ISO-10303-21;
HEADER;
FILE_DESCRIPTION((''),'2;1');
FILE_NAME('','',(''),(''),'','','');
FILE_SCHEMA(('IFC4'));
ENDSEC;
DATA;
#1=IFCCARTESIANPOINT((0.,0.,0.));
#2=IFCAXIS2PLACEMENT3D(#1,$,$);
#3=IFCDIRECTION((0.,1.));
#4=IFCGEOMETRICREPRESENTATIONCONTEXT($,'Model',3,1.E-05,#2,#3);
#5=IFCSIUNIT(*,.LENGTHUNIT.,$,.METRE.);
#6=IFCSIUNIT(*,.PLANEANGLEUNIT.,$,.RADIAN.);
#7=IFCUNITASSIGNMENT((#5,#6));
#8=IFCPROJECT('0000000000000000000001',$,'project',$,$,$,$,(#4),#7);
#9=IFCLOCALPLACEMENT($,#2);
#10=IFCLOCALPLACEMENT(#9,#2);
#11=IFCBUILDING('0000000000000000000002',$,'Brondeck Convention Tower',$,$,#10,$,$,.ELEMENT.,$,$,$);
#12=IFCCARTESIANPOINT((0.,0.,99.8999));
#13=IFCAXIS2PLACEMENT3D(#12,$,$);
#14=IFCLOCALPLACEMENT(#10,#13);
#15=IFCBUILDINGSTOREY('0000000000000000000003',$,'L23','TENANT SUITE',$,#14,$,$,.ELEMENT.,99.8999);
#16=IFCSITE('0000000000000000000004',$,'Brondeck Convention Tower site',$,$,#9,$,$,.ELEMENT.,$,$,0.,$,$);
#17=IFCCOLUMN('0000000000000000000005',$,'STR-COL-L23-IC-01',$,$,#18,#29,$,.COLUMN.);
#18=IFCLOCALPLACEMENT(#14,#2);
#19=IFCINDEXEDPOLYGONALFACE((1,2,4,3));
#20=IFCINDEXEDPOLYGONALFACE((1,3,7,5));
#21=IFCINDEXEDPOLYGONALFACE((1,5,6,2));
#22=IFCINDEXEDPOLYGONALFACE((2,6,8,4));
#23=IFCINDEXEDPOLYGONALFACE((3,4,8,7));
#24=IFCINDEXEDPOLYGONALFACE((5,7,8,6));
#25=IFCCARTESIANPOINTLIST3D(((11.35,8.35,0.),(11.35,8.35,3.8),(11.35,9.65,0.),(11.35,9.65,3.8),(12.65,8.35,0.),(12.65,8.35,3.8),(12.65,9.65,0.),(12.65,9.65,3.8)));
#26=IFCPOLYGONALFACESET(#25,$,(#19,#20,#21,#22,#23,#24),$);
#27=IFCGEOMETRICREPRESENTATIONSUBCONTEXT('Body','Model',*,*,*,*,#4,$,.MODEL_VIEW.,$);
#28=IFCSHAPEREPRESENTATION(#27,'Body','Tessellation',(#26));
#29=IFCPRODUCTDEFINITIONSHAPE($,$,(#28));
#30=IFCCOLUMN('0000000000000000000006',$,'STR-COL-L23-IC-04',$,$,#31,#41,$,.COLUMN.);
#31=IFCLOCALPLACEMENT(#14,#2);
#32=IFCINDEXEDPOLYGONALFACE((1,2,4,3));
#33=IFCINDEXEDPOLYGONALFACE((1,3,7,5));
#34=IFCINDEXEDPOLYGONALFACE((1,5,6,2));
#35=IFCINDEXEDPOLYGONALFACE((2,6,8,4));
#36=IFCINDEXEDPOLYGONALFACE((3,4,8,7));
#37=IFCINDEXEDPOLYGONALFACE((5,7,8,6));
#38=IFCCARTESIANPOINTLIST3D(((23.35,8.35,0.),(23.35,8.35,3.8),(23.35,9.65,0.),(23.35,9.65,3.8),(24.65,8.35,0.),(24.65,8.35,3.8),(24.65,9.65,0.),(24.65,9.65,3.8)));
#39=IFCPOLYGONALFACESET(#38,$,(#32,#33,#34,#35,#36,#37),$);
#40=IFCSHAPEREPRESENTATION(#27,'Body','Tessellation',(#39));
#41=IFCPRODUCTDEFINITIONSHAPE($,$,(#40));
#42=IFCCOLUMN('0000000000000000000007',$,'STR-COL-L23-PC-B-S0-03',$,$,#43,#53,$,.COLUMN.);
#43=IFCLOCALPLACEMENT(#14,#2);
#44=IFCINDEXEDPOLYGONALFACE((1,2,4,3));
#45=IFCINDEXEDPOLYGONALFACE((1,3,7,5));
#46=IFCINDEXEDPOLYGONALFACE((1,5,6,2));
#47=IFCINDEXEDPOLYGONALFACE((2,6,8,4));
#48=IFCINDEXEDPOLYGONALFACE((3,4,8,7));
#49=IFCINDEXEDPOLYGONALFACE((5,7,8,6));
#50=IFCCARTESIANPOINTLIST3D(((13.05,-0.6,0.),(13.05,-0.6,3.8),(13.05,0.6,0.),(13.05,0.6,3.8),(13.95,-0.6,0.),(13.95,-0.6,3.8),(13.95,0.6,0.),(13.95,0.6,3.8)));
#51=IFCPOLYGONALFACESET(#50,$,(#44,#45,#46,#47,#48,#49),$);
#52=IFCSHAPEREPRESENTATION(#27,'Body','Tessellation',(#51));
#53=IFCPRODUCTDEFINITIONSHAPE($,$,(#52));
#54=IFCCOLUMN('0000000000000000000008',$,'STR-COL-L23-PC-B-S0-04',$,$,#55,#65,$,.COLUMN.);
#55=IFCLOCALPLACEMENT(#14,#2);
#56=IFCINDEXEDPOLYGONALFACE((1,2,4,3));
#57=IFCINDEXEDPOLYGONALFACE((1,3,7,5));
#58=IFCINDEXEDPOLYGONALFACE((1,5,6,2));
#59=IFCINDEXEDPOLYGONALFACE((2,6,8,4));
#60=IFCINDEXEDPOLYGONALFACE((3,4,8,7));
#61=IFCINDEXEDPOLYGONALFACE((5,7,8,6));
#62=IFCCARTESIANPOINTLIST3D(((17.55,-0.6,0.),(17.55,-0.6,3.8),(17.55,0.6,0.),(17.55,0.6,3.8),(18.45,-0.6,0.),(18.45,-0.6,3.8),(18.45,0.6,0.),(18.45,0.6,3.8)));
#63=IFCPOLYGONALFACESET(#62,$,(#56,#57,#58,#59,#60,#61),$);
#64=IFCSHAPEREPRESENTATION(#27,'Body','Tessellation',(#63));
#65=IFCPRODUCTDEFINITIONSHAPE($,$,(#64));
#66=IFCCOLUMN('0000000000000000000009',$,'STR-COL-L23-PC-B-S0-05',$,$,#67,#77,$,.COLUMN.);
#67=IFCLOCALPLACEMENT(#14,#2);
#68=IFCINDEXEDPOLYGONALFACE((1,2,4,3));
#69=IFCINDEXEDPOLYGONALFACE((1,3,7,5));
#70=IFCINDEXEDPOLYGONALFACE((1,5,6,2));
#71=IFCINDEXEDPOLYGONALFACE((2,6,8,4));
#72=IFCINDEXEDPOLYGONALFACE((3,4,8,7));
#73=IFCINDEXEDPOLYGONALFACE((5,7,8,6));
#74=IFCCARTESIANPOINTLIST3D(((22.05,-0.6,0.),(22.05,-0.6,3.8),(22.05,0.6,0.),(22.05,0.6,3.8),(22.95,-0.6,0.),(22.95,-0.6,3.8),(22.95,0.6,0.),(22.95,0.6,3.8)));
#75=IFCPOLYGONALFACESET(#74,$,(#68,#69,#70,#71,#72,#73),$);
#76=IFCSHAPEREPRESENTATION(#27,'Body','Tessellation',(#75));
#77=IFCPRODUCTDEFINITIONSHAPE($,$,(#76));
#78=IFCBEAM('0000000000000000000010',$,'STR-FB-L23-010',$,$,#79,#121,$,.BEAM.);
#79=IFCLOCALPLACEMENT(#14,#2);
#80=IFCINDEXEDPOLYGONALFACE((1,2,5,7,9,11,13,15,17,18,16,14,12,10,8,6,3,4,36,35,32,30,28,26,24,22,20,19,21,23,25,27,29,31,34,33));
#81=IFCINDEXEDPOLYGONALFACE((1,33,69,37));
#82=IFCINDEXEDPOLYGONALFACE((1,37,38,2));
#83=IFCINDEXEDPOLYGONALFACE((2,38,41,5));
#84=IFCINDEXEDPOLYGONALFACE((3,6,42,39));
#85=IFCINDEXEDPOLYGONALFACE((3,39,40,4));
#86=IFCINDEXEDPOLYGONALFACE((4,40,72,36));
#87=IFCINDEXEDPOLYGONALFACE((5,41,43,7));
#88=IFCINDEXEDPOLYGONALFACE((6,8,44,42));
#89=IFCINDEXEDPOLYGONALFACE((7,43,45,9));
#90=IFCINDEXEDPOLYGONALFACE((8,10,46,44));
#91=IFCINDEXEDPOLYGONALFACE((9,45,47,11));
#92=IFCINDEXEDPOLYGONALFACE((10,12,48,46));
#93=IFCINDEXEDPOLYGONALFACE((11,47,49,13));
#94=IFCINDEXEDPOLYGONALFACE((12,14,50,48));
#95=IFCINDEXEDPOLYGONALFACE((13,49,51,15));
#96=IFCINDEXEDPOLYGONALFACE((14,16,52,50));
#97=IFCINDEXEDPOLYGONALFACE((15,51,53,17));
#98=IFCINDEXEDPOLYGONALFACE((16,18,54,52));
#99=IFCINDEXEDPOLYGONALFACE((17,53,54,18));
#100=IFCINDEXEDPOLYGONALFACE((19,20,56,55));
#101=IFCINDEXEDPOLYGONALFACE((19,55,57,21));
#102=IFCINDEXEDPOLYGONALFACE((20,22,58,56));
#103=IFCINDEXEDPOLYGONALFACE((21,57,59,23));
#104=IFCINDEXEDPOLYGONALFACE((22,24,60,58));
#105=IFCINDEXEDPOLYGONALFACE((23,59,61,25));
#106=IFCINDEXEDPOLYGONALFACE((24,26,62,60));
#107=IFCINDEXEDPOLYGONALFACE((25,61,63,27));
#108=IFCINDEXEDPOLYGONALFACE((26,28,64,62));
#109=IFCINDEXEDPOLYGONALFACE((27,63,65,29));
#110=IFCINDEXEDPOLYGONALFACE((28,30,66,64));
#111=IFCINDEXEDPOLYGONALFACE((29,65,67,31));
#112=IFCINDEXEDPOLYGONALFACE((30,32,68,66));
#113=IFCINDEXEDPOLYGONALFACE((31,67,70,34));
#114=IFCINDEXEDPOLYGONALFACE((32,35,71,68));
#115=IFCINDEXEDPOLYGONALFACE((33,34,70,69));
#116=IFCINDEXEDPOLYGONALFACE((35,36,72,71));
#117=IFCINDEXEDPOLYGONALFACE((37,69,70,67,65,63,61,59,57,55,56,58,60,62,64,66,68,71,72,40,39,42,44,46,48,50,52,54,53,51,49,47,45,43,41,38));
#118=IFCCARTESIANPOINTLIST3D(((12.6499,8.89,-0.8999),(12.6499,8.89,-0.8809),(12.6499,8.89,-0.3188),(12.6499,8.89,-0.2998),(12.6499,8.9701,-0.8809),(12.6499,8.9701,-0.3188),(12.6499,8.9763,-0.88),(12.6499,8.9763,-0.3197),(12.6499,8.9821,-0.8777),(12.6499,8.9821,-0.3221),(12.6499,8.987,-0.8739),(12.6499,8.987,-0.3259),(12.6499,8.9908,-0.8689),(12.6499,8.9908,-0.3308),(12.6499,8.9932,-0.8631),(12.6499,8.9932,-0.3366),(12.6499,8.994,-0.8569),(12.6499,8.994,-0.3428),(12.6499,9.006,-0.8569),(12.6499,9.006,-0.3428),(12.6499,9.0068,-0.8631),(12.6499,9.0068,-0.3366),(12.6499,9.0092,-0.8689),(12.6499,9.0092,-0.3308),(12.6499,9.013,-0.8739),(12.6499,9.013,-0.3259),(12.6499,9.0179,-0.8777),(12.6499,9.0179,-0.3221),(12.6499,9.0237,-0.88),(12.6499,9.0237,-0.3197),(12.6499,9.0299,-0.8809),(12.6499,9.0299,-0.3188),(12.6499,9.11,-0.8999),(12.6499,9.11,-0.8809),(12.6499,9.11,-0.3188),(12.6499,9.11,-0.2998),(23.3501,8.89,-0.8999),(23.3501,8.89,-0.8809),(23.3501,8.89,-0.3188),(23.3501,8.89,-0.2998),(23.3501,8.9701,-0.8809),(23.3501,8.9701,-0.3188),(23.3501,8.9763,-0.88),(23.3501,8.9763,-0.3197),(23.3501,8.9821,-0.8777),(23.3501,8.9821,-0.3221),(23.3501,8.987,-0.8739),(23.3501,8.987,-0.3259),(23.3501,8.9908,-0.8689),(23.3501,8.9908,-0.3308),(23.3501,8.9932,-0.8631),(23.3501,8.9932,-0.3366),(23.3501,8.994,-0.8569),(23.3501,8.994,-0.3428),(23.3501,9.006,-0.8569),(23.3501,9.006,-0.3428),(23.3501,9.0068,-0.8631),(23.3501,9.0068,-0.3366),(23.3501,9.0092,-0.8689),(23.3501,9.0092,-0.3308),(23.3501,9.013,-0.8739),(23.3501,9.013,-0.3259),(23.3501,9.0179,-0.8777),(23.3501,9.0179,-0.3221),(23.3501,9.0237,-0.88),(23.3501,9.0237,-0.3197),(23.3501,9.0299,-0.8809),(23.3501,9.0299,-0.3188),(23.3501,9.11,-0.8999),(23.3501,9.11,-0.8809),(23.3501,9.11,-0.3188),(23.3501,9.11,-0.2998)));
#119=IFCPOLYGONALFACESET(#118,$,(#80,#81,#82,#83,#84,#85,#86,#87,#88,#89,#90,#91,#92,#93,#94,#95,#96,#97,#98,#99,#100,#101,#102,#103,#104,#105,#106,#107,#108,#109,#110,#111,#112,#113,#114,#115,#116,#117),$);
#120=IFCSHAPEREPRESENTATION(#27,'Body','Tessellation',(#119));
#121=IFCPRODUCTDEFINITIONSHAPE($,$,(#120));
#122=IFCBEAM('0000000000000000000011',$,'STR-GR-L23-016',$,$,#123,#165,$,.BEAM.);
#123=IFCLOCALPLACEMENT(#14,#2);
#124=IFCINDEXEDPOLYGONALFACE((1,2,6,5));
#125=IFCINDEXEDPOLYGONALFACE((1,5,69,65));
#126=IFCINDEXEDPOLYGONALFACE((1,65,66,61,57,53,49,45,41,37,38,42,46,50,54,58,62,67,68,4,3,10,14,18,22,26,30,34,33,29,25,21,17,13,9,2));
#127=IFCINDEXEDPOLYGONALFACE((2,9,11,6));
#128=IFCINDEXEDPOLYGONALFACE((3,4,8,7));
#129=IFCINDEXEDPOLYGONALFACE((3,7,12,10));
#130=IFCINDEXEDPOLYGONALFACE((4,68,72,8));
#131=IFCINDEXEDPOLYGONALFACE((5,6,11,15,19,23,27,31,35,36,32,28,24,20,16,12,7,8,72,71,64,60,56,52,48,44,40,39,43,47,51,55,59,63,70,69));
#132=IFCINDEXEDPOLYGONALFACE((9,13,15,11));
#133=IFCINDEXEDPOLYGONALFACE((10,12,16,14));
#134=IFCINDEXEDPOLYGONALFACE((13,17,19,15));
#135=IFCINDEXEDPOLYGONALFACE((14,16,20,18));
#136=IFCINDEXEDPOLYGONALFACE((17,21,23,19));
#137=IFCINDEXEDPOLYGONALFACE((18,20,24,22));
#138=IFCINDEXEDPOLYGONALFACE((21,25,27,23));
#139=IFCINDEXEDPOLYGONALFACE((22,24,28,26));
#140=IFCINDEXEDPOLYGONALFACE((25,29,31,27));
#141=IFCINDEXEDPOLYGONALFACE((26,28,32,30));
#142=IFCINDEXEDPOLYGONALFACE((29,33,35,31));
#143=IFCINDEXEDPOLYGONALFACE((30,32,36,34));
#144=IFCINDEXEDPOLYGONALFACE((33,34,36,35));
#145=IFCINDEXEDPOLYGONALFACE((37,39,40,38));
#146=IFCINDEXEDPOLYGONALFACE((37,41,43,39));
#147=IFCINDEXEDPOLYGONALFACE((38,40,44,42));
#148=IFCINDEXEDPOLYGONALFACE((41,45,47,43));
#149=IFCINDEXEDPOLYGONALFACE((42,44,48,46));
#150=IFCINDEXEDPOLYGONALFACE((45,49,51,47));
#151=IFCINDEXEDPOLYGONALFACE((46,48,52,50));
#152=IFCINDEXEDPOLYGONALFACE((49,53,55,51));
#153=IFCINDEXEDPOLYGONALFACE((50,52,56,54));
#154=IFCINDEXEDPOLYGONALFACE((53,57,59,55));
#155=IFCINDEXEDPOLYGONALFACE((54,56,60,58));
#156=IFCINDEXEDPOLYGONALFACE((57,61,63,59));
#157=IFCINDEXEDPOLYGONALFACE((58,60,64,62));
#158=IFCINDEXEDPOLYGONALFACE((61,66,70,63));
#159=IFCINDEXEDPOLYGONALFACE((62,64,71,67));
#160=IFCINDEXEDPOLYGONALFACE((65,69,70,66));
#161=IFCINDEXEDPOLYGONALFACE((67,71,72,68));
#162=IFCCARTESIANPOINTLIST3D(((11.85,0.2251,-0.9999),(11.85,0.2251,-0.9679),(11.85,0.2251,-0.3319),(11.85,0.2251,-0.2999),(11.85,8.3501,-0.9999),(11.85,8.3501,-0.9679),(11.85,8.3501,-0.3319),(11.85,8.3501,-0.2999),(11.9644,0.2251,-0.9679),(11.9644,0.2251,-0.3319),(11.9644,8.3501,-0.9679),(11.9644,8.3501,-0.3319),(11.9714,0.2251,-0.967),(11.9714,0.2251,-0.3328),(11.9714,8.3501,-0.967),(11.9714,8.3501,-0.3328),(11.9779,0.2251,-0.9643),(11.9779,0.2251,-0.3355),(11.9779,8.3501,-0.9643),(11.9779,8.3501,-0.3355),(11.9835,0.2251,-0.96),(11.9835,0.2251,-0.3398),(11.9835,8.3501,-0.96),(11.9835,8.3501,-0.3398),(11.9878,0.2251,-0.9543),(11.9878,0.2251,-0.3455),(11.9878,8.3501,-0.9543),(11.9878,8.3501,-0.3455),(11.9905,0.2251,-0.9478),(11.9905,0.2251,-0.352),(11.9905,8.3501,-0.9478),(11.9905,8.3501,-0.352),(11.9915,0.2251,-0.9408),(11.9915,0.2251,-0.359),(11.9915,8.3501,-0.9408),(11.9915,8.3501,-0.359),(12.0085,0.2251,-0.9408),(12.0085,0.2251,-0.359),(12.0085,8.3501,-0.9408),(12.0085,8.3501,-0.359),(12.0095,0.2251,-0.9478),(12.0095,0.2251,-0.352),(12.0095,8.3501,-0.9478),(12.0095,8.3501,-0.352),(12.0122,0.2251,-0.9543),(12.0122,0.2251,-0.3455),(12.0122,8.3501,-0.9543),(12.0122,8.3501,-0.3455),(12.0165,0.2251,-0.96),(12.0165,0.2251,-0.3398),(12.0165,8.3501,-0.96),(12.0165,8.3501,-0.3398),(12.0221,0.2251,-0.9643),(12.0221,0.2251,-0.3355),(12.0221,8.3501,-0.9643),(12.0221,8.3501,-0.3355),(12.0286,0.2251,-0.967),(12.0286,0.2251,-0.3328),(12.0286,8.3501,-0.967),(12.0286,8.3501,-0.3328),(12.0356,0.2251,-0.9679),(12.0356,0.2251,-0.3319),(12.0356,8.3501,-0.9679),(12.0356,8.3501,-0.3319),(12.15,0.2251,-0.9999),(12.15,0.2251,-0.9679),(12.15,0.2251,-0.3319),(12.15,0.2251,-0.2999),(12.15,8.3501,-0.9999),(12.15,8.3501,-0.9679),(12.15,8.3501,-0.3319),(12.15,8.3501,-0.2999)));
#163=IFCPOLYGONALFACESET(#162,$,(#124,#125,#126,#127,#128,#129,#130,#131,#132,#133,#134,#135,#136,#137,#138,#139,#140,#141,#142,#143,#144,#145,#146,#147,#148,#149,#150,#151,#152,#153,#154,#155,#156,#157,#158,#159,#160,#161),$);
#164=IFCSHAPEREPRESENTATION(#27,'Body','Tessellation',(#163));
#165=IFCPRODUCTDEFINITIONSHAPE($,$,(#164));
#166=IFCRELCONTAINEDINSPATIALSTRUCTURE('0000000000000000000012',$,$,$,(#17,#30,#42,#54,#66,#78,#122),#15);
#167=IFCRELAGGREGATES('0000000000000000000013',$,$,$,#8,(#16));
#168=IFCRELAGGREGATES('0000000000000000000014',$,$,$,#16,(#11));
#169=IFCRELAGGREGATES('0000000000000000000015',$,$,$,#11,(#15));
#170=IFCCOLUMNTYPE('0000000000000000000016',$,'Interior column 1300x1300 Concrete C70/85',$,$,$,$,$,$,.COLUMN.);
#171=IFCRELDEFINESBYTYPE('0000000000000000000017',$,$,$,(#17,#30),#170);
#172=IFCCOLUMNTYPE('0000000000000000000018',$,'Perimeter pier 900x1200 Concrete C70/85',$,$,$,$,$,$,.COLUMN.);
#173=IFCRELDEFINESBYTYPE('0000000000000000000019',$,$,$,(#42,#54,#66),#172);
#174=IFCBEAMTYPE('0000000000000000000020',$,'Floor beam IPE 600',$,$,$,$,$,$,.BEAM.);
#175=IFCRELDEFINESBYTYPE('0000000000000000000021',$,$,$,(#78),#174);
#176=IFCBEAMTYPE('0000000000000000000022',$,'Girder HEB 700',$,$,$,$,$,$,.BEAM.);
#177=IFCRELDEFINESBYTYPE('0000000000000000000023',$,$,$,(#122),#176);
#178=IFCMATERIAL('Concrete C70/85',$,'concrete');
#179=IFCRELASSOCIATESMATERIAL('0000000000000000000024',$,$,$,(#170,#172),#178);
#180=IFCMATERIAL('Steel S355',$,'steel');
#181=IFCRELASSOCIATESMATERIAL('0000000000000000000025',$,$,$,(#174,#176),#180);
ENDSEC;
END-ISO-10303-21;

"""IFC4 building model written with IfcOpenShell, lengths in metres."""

from ifc_helpers import new_model, si_unit, direction, frame, origin, origin_2d, place, context, subcontext, project, spatial, rectangle, i_section, extrude, material, material_profile, profile_set, type_object, element, save


model = new_model("IFC4")

# Units and contexts
model_context = context("Model", 3, precision=1e-05, world=origin(), true_north=direction((0.0, 1.0)))
body_context = subcontext(model_context, "Body", "Model", "MODEL_VIEW")
ifc_project = project(units=[si_unit("LENGTHUNIT", "METRE"), si_unit("PLANEANGLEUNIT", "RADIAN")], contexts=[model_context])

# Site, building, storey
site_placement = place(None, origin())
site = spatial("IfcSite", under=ifc_project, at=site_placement, Name="Brondeck Convention Tower site", CompositionType="ELEMENT", RefElevation=0.0)
building_placement = place(site_placement, origin())
building = spatial("IfcBuilding", under=site, at=building_placement, Name="Brondeck Convention Tower", CompositionType="ELEMENT")
storey_placement = place(building_placement, frame((0.0, 0.0, 99.8999)))
storey = spatial("IfcBuildingStorey", under=building, at=storey_placement, Name="L23", Description="TENANT SUITE", CompositionType="ELEMENT", Elevation=99.8999)

# Columns
ifc_material_1 = material(Name="Concrete C70/85", Category="concrete")
ifc_material_profile_1 = material_profile(ifc_material_1, rectangle(XDim=1.3, YDim=1.3, at=origin_2d()), Name="Interior column 1300x1300 Concrete C70/85")
ifc_profile_set_1 = profile_set([ifc_material_profile_1], Name="Concrete C70/85")
column_type_1 = type_object("IfcColumnType", Name="Interior column 1300x1300 Concrete C70/85", PredefinedType="COLUMN", material=ifc_profile_set_1)
for number, where, z_axis, x_axis, name in (
    (1, (12.0, 9.0, 0.0), (0.0, 0.0, 1.0), (1.0, 0.0, 0.0), "STR-COL-L23-IC-01"),
    (2, (24.0, 9.0, 0.0), (0.0, 0.0, 1.0), (1.0, 0.0, 0.0), "STR-COL-L23-IC-04"),
):
    element("IfcColumn", number, at=place(storey_placement, frame(where, z_axis=z_axis, x_axis=x_axis)), inside=storey, type_object=column_type_1, Name=name, PredefinedType="COLUMN", context=body_context, shape_type="SweptSolid", body=[
        extrude(rectangle(XDim=1.3, YDim=1.3, at=origin_2d()), origin(), (0.0, 0.0, 1.0), 3.8),
    ])
ifc_material_profile_2 = material_profile(ifc_material_1, rectangle(XDim=0.8999, YDim=1.2, at=origin_2d()), Name="Perimeter pier 900x1200 Concrete C70/85")
ifc_profile_set_2 = profile_set([ifc_material_profile_2], Name="Concrete C70/85")
column_type_2 = type_object("IfcColumnType", Name="Perimeter pier 900x1200 Concrete C70/85", PredefinedType="COLUMN", material=ifc_profile_set_2)
for number, where, z_axis, x_axis, name in (
    (3, (13.5, 0.0, 0.0), (0.0, 0.0, 1.0), (1.0, 0.0, 0.0), "STR-COL-L23-PC-B-S0-03"),
    (4, (18.0, 0.0, 0.0), (0.0, 0.0, 1.0), (1.0, 0.0, 0.0), "STR-COL-L23-PC-B-S0-04"),
    (5, (22.5, 0.0, 0.0), (0.0, 0.0, 1.0), (1.0, 0.0, 0.0), "STR-COL-L23-PC-B-S0-05"),
):
    element("IfcColumn", number, at=place(storey_placement, frame(where, z_axis=z_axis, x_axis=x_axis)), inside=storey, type_object=column_type_2, Name=name, PredefinedType="COLUMN", context=body_context, shape_type="SweptSolid", body=[
        extrude(rectangle(XDim=0.8999, YDim=1.2, at=origin_2d()), origin(), (0.0, 0.0, 1.0), 3.8),
    ])

# Beams
ifc_material_2 = material(Name="Steel S355", Category="steel")
ifc_material_profile_3 = material_profile(ifc_material_2, i_section(OverallWidth=0.22, OverallDepth=0.6001, WebThickness=0.012, FlangeThickness=0.019, FilletRadius=0.0239, at=origin_2d()), Name="IPE 600")
ifc_profile_set_3 = profile_set([ifc_material_profile_3], Name="Steel S355")
beam_type_1 = type_object("IfcBeamType", Name="Floor beam IPE 600", PredefinedType="BEAM", material=ifc_profile_set_3)
beam_1_placement = place(storey_placement, frame((12.6499, 9.0, -0.5999), z_axis=(1.0, 0.0, 0.0), x_axis=(0.0, 1.0, 0.0)))
element("IfcBeam", 6, at=beam_1_placement, inside=storey, type_object=beam_type_1, Name="STR-FB-L23-010", PredefinedType="BEAM", context=body_context, shape_type="SweptSolid", body=[
    extrude(i_section(OverallWidth=0.22, OverallDepth=0.6001, WebThickness=0.012, FlangeThickness=0.019, FilletRadius=0.0239, at=origin_2d()), origin(), (0.0, 0.0, 1.0), 10.7002),
])
ifc_material_profile_4 = material_profile(ifc_material_2, i_section(OverallWidth=0.3, OverallDepth=0.7, WebThickness=0.0171, FlangeThickness=0.032, FilletRadius=0.0271, at=origin_2d()), Name="HEB 700")
ifc_profile_set_4 = profile_set([ifc_material_profile_4], Name="Steel S355")
beam_type_2 = type_object("IfcBeamType", Name="Girder HEB 700", PredefinedType="BEAM", material=ifc_profile_set_4)
beam_2_placement = place(storey_placement, frame((12.0, 8.3501, -0.6499), z_axis=(0.0, -1.0, 0.0), x_axis=(1.0, 0.0, 0.0)))
element("IfcBeam", 7, at=beam_2_placement, inside=storey, type_object=beam_type_2, Name="STR-GR-L23-016", PredefinedType="BEAM", context=body_context, shape_type="SweptSolid", body=[
    extrude(i_section(OverallWidth=0.3, OverallDepth=0.7, WebThickness=0.0171, FlangeThickness=0.032, FilletRadius=0.0271, at=origin_2d()), origin(), (0.0, 0.0, 1.0), 8.125),
])

save(model, "model.ifc")
